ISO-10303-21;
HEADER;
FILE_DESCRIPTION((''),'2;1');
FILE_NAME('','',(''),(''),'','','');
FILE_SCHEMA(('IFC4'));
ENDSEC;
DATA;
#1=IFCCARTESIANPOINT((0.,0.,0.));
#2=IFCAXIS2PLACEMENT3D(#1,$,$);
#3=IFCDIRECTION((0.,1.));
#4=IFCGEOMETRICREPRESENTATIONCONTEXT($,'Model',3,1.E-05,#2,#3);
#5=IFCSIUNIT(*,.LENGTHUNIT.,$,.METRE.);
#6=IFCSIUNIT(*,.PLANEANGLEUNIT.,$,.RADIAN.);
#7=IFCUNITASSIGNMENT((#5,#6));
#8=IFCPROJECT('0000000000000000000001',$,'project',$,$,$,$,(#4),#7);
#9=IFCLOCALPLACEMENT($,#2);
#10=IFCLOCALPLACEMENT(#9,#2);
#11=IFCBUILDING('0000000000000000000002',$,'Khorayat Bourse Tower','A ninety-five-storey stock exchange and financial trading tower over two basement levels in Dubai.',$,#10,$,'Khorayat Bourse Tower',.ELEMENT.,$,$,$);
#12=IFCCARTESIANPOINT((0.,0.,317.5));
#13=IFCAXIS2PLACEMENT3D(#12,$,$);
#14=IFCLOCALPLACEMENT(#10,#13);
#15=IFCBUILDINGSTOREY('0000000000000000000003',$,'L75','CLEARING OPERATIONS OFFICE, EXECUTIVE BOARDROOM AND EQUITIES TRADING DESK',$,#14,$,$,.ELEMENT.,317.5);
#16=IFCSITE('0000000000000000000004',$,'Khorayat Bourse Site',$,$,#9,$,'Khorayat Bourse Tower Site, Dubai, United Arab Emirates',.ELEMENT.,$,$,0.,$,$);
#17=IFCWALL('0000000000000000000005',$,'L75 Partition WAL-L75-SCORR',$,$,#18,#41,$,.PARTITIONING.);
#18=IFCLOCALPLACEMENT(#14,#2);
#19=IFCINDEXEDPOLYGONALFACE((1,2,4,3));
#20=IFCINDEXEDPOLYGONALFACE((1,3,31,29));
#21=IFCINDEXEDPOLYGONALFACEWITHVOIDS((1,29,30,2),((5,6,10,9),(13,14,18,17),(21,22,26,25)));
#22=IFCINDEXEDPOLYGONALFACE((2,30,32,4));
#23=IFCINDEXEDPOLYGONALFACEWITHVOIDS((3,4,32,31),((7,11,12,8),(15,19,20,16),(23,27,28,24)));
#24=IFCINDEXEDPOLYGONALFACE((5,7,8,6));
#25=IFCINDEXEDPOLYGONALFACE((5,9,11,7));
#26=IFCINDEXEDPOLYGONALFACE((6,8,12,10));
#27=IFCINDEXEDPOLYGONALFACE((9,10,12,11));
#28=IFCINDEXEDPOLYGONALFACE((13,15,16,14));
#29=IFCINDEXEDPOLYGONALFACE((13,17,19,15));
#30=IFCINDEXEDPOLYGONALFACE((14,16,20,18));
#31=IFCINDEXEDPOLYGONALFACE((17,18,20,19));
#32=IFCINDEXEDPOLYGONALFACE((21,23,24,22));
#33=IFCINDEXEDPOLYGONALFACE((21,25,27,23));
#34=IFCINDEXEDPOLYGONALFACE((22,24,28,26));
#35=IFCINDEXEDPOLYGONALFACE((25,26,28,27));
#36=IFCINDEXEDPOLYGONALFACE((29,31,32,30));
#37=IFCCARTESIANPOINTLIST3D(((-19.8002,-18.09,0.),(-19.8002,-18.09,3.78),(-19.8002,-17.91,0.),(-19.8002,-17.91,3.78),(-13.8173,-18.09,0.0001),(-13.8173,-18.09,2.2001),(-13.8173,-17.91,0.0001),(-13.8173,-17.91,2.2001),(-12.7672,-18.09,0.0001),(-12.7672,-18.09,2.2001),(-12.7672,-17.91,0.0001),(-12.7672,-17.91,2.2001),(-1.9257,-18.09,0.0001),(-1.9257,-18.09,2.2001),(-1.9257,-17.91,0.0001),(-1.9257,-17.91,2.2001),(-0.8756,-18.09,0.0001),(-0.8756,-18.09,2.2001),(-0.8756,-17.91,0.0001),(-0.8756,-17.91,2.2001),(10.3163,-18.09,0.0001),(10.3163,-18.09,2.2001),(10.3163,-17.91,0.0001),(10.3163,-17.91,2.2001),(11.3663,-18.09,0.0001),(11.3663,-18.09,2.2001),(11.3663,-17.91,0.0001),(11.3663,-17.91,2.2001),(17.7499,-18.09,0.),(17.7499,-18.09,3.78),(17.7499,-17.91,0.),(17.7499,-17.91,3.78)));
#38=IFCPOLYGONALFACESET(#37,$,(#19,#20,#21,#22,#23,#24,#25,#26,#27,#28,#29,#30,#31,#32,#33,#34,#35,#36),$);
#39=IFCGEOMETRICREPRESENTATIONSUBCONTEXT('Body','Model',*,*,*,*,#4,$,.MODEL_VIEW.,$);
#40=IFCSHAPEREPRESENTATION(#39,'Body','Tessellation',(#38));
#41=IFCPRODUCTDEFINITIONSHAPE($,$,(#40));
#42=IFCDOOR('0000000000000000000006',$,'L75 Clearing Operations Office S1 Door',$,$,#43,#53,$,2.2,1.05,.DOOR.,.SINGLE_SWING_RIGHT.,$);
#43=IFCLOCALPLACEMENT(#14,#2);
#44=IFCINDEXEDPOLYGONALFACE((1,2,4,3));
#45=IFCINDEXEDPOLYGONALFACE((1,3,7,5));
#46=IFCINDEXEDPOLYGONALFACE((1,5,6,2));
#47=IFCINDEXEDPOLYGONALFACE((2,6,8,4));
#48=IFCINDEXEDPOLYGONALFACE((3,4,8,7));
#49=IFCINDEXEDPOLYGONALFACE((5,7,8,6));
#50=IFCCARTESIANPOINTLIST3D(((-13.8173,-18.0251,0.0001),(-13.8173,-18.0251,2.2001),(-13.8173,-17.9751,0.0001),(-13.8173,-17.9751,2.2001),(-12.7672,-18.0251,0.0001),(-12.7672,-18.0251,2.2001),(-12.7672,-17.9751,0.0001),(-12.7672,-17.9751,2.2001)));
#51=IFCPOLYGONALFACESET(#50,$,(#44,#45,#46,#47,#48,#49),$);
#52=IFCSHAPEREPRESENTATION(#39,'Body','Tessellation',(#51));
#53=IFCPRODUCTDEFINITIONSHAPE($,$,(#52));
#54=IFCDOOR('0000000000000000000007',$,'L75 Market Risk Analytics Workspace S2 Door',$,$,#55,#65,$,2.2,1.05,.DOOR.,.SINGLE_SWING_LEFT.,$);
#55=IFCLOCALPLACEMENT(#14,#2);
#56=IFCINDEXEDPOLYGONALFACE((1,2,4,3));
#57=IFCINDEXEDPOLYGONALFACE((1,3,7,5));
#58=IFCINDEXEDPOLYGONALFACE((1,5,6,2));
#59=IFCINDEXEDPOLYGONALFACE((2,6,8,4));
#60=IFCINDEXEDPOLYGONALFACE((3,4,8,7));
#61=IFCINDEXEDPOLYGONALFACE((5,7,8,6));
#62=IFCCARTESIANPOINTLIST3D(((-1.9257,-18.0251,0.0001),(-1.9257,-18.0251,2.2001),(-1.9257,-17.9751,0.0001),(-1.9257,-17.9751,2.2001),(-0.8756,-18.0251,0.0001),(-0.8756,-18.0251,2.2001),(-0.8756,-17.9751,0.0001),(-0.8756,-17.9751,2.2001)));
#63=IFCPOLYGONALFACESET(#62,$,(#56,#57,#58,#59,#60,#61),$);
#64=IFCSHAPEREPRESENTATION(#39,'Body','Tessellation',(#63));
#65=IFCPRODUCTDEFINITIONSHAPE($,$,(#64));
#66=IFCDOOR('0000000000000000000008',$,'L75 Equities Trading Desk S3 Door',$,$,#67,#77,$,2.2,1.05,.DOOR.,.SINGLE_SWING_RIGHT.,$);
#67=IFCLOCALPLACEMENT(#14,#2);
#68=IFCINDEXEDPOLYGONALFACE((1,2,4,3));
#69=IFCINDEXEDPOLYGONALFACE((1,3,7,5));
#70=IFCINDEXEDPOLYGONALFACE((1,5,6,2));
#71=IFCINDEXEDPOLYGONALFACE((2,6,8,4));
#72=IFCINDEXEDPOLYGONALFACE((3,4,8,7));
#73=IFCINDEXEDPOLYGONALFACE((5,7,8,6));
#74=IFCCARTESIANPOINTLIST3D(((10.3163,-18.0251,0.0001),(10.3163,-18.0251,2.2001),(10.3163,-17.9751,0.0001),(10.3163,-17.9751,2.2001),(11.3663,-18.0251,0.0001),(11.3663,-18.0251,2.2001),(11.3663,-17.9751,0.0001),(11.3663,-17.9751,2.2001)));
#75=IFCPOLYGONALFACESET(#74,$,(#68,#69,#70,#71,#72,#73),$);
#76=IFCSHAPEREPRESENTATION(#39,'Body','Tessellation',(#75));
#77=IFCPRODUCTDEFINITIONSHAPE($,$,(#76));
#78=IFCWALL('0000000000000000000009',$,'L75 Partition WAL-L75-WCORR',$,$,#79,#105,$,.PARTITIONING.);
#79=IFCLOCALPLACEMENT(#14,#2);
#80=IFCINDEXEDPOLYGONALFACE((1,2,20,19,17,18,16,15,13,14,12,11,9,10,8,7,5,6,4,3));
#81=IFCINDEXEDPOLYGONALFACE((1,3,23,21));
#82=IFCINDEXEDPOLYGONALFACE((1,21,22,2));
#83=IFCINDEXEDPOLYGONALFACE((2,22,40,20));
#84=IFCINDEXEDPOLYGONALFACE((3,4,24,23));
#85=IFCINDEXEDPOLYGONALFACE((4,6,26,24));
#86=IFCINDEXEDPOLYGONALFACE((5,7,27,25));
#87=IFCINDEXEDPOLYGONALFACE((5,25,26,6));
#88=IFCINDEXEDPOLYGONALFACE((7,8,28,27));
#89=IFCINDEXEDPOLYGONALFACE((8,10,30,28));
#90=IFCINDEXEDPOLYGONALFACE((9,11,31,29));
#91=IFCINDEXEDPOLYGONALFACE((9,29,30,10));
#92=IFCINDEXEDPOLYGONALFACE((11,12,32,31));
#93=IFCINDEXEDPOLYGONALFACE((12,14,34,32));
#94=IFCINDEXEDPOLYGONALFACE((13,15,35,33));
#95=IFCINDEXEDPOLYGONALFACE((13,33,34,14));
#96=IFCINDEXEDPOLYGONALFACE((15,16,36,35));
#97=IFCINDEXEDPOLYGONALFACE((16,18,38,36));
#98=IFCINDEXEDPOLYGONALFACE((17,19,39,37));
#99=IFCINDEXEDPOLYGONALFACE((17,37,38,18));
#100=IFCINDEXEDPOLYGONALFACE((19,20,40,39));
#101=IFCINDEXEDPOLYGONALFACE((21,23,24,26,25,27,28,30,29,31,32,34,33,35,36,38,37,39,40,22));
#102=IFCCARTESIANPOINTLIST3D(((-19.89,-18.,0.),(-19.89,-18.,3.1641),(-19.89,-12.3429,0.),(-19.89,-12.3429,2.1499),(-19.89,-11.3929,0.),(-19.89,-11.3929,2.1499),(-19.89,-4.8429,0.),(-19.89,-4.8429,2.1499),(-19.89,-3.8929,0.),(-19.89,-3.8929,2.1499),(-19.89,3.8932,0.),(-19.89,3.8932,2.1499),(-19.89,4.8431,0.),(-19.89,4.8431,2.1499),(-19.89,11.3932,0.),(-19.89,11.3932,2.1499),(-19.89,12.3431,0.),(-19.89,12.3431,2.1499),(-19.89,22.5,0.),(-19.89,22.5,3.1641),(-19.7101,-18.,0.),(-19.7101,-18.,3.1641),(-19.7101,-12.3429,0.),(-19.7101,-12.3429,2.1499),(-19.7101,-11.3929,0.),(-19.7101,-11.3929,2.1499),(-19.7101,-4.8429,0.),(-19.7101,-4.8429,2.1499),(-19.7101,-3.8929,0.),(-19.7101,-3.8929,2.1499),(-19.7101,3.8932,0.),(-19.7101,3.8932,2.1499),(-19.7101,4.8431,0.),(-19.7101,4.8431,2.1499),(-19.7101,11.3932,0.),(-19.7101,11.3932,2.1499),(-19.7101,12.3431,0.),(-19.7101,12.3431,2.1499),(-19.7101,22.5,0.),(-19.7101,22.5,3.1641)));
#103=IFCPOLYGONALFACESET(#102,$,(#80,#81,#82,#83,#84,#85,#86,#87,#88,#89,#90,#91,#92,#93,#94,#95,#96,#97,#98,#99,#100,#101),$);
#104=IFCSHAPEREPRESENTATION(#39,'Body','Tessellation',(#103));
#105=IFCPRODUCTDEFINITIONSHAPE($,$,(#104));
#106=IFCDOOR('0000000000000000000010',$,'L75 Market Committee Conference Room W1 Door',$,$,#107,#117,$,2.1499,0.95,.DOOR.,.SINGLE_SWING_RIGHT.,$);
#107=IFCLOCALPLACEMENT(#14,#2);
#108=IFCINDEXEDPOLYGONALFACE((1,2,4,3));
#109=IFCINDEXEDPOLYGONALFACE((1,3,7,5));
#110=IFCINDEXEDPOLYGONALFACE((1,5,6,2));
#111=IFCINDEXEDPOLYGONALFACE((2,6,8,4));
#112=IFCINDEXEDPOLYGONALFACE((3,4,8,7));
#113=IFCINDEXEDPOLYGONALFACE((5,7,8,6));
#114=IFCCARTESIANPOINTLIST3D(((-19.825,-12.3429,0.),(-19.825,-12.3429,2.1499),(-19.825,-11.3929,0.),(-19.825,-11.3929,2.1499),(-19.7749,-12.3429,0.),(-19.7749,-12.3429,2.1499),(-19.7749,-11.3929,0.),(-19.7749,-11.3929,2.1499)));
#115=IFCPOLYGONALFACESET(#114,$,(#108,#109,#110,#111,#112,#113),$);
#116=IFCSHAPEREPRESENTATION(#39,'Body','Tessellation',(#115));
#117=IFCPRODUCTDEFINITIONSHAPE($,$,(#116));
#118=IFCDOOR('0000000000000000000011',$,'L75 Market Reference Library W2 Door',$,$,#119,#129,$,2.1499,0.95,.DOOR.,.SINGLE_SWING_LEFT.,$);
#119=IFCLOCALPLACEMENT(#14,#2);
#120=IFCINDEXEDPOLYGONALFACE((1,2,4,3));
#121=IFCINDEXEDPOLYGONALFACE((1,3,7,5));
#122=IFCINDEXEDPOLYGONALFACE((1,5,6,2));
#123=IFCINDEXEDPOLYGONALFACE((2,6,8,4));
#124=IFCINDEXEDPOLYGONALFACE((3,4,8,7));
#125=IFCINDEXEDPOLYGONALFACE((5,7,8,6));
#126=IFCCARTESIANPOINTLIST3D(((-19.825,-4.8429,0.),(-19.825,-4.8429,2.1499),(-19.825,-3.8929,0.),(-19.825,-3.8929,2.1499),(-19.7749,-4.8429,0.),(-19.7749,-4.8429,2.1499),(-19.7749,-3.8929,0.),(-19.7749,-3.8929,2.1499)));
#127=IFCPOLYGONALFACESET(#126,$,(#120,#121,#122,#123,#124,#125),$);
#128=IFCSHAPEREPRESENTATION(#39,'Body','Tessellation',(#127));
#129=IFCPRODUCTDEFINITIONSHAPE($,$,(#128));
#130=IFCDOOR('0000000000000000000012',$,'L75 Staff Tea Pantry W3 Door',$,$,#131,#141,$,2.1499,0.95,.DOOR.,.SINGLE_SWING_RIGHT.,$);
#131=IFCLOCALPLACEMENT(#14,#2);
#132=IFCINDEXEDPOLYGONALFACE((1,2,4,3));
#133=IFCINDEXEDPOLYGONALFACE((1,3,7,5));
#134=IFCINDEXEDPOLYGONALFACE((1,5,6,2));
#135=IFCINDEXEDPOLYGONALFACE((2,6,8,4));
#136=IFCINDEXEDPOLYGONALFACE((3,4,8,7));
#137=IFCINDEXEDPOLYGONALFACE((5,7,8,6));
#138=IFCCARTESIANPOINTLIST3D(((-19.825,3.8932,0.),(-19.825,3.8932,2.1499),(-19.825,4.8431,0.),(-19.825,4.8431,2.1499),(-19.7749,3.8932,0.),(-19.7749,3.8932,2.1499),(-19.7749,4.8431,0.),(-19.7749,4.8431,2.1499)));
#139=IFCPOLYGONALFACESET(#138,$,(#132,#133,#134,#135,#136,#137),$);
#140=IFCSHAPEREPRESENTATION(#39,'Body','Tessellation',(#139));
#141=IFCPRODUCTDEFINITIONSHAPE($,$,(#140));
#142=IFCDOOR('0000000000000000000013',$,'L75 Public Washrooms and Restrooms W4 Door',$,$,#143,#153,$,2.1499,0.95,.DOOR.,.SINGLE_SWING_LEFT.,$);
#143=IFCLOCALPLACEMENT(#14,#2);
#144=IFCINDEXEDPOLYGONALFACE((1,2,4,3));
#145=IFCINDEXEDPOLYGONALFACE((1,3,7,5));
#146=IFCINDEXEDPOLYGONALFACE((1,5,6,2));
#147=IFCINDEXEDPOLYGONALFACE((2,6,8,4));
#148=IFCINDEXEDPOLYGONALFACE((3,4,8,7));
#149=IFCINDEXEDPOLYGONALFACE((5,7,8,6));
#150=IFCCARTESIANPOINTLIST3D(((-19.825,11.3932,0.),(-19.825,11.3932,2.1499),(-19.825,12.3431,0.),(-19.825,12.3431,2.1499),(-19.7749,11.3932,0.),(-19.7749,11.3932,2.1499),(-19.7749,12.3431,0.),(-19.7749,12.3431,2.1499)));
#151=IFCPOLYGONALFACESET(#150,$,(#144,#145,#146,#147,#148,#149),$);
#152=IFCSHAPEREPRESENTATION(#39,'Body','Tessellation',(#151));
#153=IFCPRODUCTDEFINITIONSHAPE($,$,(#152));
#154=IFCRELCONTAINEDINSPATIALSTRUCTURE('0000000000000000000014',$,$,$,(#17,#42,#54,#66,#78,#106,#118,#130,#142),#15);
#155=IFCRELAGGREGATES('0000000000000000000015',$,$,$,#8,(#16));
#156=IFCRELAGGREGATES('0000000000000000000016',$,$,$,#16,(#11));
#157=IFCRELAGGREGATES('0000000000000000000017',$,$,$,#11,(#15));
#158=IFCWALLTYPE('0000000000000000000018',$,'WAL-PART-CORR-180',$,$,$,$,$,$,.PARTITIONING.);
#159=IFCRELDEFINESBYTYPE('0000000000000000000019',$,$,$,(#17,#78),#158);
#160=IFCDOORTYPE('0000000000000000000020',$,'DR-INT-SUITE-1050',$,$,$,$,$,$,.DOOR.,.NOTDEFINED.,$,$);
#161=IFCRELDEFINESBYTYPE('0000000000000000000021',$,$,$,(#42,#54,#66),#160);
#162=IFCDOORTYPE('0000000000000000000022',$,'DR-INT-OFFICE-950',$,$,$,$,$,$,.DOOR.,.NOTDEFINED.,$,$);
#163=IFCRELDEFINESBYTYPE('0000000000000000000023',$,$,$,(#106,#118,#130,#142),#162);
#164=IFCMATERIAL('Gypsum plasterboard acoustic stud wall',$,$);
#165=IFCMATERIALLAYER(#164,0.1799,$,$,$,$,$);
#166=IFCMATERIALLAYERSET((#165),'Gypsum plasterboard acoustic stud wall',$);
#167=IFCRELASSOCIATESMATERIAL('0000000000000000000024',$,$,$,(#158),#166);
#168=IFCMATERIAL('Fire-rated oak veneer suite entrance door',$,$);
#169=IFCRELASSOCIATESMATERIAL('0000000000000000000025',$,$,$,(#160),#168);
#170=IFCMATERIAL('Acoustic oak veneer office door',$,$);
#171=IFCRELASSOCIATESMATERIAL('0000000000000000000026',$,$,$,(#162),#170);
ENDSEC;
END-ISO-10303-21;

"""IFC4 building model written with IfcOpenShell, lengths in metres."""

from ifc_helpers import new_model, si_unit, direction, frame, frame_2d, origin, place, context, subcontext, project, spatial, rectangle, extrude, source, transform, mapped, material, layer, layer_set, type_object, element, fill, save


model = new_model("IFC4")

# Units and contexts
model_context = context("Model", 3, precision=1e-05, world=origin(), true_north=direction((0.0, 1.0)))
body_context = subcontext(model_context, "Body", "Model", "MODEL_VIEW")
ifc_project = project(units=[si_unit("LENGTHUNIT", "METRE"), si_unit("PLANEANGLEUNIT", "RADIAN")], contexts=[model_context])

# Site, building, storey
site_placement = place(None, origin())
site = spatial("IfcSite", under=ifc_project, at=site_placement, Name="Khorayat Bourse Site", LongName="Khorayat Bourse Tower Site, Dubai, United Arab Emirates", CompositionType="ELEMENT", RefElevation=0.0)
building_placement = place(site_placement, origin())
building = spatial("IfcBuilding", under=site, at=building_placement, Name="Khorayat Bourse Tower", Description="A ninety-five-storey stock exchange and financial trading tower over two basement levels in Dubai.", LongName="Khorayat Bourse Tower", CompositionType="ELEMENT")
storey_placement = place(building_placement, frame((0.0, 0.0, 317.5)))
storey = spatial("IfcBuildingStorey", under=building, at=storey_placement, Name="L75", Description="CLEARING OPERATIONS OFFICE, EXECUTIVE BOARDROOM AND EQUITIES TRADING DESK", CompositionType="ELEMENT", Elevation=317.5)

# Shared definitions
ifc_material_1 = material(Name="Gypsum plasterboard acoustic stud wall")
ifc_layer = layer(ifc_material_1, 0.1799)
ifc_layer_set = layer_set([ifc_layer], Name="Gypsum plasterboard acoustic stud wall")
wall_type = type_object("IfcWallType", Name="WAL-PART-CORR-180", PredefinedType="PARTITIONING", material=ifc_layer_set)

# Walls, openings, doors
shared_shape_1 = source(origin(), body_context, "Body", "SweptSolid", [
    extrude(rectangle(XDim=37.55, YDim=0.1799, at=frame_2d((18.7749, 0.0))), origin(), (0.0, 0.0, 1.0), 3.78),
])
wall_1_placement = place(storey_placement, frame((-19.8, -18.0, 0.0), z_axis=(0.0, 0.0, 1.0), x_axis=(1.0, 0.0, 0.0)))
wall_1 = element("IfcWall", 1, at=wall_1_placement, inside=storey, type_object=wall_type, Name="L75 Partition WAL-L75-SCORR", PredefinedType="PARTITIONING", context=body_context, shape_type="MappedRepresentation", body=[
    mapped(shared_shape_1, transform((0.0, 0.0, 0.0), scale=1.0)),
])
shared_shape_2 = source(origin(), body_context, "Body", "SweptSolid", [
    extrude(rectangle(XDim=1.05, YDim=2.2, at=frame_2d((0.5249, 1.1001))), frame((0.0, 0.0999, 0.0), z_axis=(0.0, -1.0, 0.0), x_axis=(1.0, 0.0, 0.0)), (0.0, 0.0, 1.0), 0.2),
])
opening_1_placement = place(wall_1_placement, frame((5.9829, 0.0, 0.0)))
opening_1 = element("IfcOpeningElement", 2, at=opening_1_placement, cuts=wall_1, PredefinedType="OPENING", context=body_context, shape_type="MappedRepresentation", body=[
    mapped(shared_shape_2, transform((0.0, 0.0, 0.0), scale=1.0)),
])
opening_2_placement = place(wall_1_placement, frame((17.8745, 0.0, 0.0)))
opening_2 = element("IfcOpeningElement", 3, at=opening_2_placement, cuts=wall_1, PredefinedType="OPENING", context=body_context, shape_type="MappedRepresentation", body=[
    mapped(shared_shape_2, transform((0.0, 0.0, 0.0), scale=1.0)),
])
opening_3_placement = place(wall_1_placement, frame((30.1165, 0.0, 0.0)))
opening_3 = element("IfcOpeningElement", 4, at=opening_3_placement, cuts=wall_1, PredefinedType="OPENING", context=body_context, shape_type="MappedRepresentation", body=[
    mapped(shared_shape_2, transform((0.0, 0.0, 0.0), scale=1.0)),
])
ifc_material_2 = material(Name="Fire-rated oak veneer suite entrance door")
door_type_1 = type_object("IfcDoorType", Name="DR-INT-SUITE-1050", OperationType="NOTDEFINED", PredefinedType="DOOR", material=ifc_material_2)
shared_shape_3 = source(origin(), body_context, "Body", "SweptSolid", [
    extrude(rectangle(XDim=1.05, YDim=2.2, at=frame_2d((0.5249, 1.1001))), frame((0.0, 0.0249, 0.0), z_axis=(0.0, -1.0, 0.0), x_axis=(1.0, 0.0, 0.0)), (0.0, 0.0, 1.0), 0.05),
])
door_1_placement = place(opening_1_placement, origin())
door_1 = element("IfcDoor", 5, at=door_1_placement, inside=storey, type_object=door_type_1, Name="L75 Clearing Operations Office S1 Door", OperationType="SINGLE_SWING_RIGHT", OverallHeight=2.2, OverallWidth=1.05, PredefinedType="DOOR", context=body_context, shape_type="MappedRepresentation", body=[
    mapped(shared_shape_3, transform((0.0, 0.0, 0.0), scale=1.0)),
])
fill(opening_1, door_1)
door_2_placement = place(opening_2_placement, origin())
door_2 = element("IfcDoor", 6, at=door_2_placement, inside=storey, type_object=door_type_1, Name="L75 Market Risk Analytics Workspace S2 Door", OperationType="SINGLE_SWING_LEFT", OverallHeight=2.2, OverallWidth=1.05, PredefinedType="DOOR", context=body_context, shape_type="MappedRepresentation", body=[
    mapped(shared_shape_3, transform((0.0, 0.0, 0.0), scale=1.0)),
])
fill(opening_2, door_2)
door_3_placement = place(opening_3_placement, origin())
door_3 = element("IfcDoor", 7, at=door_3_placement, inside=storey, type_object=door_type_1, Name="L75 Equities Trading Desk S3 Door", OperationType="SINGLE_SWING_RIGHT", OverallHeight=2.2, OverallWidth=1.05, PredefinedType="DOOR", context=body_context, shape_type="MappedRepresentation", body=[
    mapped(shared_shape_3, transform((0.0, 0.0, 0.0), scale=1.0)),
])
fill(opening_3, door_3)
shared_shape_4 = source(origin(), body_context, "Body", "SweptSolid", [
    extrude(rectangle(XDim=40.5, YDim=0.1799, at=frame_2d((20.25, 0.0))), origin(), (0.0, 0.0, 1.0), 3.1641),
])
wall_2_placement = place(storey_placement, frame((-19.8, -18.0, 0.0), z_axis=(0.0, 0.0, 1.0), x_axis=(0.0, 1.0, 0.0)))
wall_2 = element("IfcWall", 8, at=wall_2_placement, inside=storey, type_object=wall_type, Name="L75 Partition WAL-L75-WCORR", PredefinedType="PARTITIONING", context=body_context, shape_type="MappedRepresentation", body=[
    mapped(shared_shape_4, transform((0.0, 0.0, 0.0), scale=1.0)),
])
shared_shape_5 = source(origin(), body_context, "Body", "SweptSolid", [
    extrude(rectangle(XDim=0.95, YDim=2.1499, at=frame_2d((0.4751, 1.075))), frame((0.0, 0.0999, 0.0), z_axis=(0.0, -1.0, 0.0), x_axis=(1.0, 0.0, 0.0)), (0.0, 0.0, 1.0), 0.2),
])
opening_4_placement = place(wall_2_placement, frame((5.657, 0.0, 0.0)))
opening_4 = element("IfcOpeningElement", 9, at=opening_4_placement, cuts=wall_2, PredefinedType="OPENING", context=body_context, shape_type="MappedRepresentation", body=[
    mapped(shared_shape_5, transform((0.0, 0.0, 0.0), scale=1.0)),
])
opening_5_placement = place(wall_2_placement, frame((13.157, 0.0, 0.0)))
opening_5 = element("IfcOpeningElement", 10, at=opening_5_placement, cuts=wall_2, PredefinedType="OPENING", context=body_context, shape_type="MappedRepresentation", body=[
    mapped(shared_shape_5, transform((0.0, 0.0, 0.0), scale=1.0)),
])
opening_6_placement = place(wall_2_placement, frame((21.8931, 0.0, 0.0)))
opening_6 = element("IfcOpeningElement", 11, at=opening_6_placement, cuts=wall_2, PredefinedType="OPENING", context=body_context, shape_type="MappedRepresentation", body=[
    mapped(shared_shape_5, transform((0.0, 0.0, 0.0), scale=1.0)),
])
opening_7_placement = place(wall_2_placement, frame((29.3931, 0.0, 0.0)))
opening_7 = element("IfcOpeningElement", 12, at=opening_7_placement, cuts=wall_2, PredefinedType="OPENING", context=body_context, shape_type="MappedRepresentation", body=[
    mapped(shared_shape_5, transform((0.0, 0.0, 0.0), scale=1.0)),
])
ifc_material_3 = material(Name="Acoustic oak veneer office door")
door_type_2 = type_object("IfcDoorType", Name="DR-INT-OFFICE-950", OperationType="NOTDEFINED", PredefinedType="DOOR", material=ifc_material_3)
shared_shape_6 = source(origin(), body_context, "Body", "SweptSolid", [
    extrude(rectangle(XDim=0.95, YDim=2.1499, at=frame_2d((0.4751, 1.075))), frame((0.0, 0.0249, 0.0), z_axis=(0.0, -1.0, 0.0), x_axis=(1.0, 0.0, 0.0)), (0.0, 0.0, 1.0), 0.05),
])
door_4_placement = place(opening_4_placement, origin())
door_4 = element("IfcDoor", 13, at=door_4_placement, inside=storey, type_object=door_type_2, Name="L75 Market Committee Conference Room W1 Door", OperationType="SINGLE_SWING_RIGHT", OverallHeight=2.1499, OverallWidth=0.95, PredefinedType="DOOR", context=body_context, shape_type="MappedRepresentation", body=[
    mapped(shared_shape_6, transform((0.0, 0.0, 0.0), scale=1.0)),
])
fill(opening_4, door_4)
door_5_placement = place(opening_5_placement, origin())
door_5 = element("IfcDoor", 14, at=door_5_placement, inside=storey, type_object=door_type_2, Name="L75 Market Reference Library W2 Door", OperationType="SINGLE_SWING_LEFT", OverallHeight=2.1499, OverallWidth=0.95, PredefinedType="DOOR", context=body_context, shape_type="MappedRepresentation", body=[
    mapped(shared_shape_6, transform((0.0, 0.0, 0.0), scale=1.0)),
])
fill(opening_5, door_5)
door_6_placement = place(opening_6_placement, origin())
door_6 = element("IfcDoor", 15, at=door_6_placement, inside=storey, type_object=door_type_2, Name="L75 Staff Tea Pantry W3 Door", OperationType="SINGLE_SWING_RIGHT", OverallHeight=2.1499, OverallWidth=0.95, PredefinedType="DOOR", context=body_context, shape_type="MappedRepresentation", body=[
    mapped(shared_shape_6, transform((0.0, 0.0, 0.0), scale=1.0)),
])
fill(opening_6, door_6)
door_7_placement = place(opening_7_placement, origin())
door_7 = element("IfcDoor", 16, at=door_7_placement, inside=storey, type_object=door_type_2, Name="L75 Public Washrooms and Restrooms W4 Door", OperationType="SINGLE_SWING_LEFT", OverallHeight=2.1499, OverallWidth=0.95, PredefinedType="DOOR", context=body_context, shape_type="MappedRepresentation", body=[
    mapped(shared_shape_6, transform((0.0, 0.0, 0.0), scale=1.0)),
])
fill(opening_7, door_7)

save(model, "model.ifc")
